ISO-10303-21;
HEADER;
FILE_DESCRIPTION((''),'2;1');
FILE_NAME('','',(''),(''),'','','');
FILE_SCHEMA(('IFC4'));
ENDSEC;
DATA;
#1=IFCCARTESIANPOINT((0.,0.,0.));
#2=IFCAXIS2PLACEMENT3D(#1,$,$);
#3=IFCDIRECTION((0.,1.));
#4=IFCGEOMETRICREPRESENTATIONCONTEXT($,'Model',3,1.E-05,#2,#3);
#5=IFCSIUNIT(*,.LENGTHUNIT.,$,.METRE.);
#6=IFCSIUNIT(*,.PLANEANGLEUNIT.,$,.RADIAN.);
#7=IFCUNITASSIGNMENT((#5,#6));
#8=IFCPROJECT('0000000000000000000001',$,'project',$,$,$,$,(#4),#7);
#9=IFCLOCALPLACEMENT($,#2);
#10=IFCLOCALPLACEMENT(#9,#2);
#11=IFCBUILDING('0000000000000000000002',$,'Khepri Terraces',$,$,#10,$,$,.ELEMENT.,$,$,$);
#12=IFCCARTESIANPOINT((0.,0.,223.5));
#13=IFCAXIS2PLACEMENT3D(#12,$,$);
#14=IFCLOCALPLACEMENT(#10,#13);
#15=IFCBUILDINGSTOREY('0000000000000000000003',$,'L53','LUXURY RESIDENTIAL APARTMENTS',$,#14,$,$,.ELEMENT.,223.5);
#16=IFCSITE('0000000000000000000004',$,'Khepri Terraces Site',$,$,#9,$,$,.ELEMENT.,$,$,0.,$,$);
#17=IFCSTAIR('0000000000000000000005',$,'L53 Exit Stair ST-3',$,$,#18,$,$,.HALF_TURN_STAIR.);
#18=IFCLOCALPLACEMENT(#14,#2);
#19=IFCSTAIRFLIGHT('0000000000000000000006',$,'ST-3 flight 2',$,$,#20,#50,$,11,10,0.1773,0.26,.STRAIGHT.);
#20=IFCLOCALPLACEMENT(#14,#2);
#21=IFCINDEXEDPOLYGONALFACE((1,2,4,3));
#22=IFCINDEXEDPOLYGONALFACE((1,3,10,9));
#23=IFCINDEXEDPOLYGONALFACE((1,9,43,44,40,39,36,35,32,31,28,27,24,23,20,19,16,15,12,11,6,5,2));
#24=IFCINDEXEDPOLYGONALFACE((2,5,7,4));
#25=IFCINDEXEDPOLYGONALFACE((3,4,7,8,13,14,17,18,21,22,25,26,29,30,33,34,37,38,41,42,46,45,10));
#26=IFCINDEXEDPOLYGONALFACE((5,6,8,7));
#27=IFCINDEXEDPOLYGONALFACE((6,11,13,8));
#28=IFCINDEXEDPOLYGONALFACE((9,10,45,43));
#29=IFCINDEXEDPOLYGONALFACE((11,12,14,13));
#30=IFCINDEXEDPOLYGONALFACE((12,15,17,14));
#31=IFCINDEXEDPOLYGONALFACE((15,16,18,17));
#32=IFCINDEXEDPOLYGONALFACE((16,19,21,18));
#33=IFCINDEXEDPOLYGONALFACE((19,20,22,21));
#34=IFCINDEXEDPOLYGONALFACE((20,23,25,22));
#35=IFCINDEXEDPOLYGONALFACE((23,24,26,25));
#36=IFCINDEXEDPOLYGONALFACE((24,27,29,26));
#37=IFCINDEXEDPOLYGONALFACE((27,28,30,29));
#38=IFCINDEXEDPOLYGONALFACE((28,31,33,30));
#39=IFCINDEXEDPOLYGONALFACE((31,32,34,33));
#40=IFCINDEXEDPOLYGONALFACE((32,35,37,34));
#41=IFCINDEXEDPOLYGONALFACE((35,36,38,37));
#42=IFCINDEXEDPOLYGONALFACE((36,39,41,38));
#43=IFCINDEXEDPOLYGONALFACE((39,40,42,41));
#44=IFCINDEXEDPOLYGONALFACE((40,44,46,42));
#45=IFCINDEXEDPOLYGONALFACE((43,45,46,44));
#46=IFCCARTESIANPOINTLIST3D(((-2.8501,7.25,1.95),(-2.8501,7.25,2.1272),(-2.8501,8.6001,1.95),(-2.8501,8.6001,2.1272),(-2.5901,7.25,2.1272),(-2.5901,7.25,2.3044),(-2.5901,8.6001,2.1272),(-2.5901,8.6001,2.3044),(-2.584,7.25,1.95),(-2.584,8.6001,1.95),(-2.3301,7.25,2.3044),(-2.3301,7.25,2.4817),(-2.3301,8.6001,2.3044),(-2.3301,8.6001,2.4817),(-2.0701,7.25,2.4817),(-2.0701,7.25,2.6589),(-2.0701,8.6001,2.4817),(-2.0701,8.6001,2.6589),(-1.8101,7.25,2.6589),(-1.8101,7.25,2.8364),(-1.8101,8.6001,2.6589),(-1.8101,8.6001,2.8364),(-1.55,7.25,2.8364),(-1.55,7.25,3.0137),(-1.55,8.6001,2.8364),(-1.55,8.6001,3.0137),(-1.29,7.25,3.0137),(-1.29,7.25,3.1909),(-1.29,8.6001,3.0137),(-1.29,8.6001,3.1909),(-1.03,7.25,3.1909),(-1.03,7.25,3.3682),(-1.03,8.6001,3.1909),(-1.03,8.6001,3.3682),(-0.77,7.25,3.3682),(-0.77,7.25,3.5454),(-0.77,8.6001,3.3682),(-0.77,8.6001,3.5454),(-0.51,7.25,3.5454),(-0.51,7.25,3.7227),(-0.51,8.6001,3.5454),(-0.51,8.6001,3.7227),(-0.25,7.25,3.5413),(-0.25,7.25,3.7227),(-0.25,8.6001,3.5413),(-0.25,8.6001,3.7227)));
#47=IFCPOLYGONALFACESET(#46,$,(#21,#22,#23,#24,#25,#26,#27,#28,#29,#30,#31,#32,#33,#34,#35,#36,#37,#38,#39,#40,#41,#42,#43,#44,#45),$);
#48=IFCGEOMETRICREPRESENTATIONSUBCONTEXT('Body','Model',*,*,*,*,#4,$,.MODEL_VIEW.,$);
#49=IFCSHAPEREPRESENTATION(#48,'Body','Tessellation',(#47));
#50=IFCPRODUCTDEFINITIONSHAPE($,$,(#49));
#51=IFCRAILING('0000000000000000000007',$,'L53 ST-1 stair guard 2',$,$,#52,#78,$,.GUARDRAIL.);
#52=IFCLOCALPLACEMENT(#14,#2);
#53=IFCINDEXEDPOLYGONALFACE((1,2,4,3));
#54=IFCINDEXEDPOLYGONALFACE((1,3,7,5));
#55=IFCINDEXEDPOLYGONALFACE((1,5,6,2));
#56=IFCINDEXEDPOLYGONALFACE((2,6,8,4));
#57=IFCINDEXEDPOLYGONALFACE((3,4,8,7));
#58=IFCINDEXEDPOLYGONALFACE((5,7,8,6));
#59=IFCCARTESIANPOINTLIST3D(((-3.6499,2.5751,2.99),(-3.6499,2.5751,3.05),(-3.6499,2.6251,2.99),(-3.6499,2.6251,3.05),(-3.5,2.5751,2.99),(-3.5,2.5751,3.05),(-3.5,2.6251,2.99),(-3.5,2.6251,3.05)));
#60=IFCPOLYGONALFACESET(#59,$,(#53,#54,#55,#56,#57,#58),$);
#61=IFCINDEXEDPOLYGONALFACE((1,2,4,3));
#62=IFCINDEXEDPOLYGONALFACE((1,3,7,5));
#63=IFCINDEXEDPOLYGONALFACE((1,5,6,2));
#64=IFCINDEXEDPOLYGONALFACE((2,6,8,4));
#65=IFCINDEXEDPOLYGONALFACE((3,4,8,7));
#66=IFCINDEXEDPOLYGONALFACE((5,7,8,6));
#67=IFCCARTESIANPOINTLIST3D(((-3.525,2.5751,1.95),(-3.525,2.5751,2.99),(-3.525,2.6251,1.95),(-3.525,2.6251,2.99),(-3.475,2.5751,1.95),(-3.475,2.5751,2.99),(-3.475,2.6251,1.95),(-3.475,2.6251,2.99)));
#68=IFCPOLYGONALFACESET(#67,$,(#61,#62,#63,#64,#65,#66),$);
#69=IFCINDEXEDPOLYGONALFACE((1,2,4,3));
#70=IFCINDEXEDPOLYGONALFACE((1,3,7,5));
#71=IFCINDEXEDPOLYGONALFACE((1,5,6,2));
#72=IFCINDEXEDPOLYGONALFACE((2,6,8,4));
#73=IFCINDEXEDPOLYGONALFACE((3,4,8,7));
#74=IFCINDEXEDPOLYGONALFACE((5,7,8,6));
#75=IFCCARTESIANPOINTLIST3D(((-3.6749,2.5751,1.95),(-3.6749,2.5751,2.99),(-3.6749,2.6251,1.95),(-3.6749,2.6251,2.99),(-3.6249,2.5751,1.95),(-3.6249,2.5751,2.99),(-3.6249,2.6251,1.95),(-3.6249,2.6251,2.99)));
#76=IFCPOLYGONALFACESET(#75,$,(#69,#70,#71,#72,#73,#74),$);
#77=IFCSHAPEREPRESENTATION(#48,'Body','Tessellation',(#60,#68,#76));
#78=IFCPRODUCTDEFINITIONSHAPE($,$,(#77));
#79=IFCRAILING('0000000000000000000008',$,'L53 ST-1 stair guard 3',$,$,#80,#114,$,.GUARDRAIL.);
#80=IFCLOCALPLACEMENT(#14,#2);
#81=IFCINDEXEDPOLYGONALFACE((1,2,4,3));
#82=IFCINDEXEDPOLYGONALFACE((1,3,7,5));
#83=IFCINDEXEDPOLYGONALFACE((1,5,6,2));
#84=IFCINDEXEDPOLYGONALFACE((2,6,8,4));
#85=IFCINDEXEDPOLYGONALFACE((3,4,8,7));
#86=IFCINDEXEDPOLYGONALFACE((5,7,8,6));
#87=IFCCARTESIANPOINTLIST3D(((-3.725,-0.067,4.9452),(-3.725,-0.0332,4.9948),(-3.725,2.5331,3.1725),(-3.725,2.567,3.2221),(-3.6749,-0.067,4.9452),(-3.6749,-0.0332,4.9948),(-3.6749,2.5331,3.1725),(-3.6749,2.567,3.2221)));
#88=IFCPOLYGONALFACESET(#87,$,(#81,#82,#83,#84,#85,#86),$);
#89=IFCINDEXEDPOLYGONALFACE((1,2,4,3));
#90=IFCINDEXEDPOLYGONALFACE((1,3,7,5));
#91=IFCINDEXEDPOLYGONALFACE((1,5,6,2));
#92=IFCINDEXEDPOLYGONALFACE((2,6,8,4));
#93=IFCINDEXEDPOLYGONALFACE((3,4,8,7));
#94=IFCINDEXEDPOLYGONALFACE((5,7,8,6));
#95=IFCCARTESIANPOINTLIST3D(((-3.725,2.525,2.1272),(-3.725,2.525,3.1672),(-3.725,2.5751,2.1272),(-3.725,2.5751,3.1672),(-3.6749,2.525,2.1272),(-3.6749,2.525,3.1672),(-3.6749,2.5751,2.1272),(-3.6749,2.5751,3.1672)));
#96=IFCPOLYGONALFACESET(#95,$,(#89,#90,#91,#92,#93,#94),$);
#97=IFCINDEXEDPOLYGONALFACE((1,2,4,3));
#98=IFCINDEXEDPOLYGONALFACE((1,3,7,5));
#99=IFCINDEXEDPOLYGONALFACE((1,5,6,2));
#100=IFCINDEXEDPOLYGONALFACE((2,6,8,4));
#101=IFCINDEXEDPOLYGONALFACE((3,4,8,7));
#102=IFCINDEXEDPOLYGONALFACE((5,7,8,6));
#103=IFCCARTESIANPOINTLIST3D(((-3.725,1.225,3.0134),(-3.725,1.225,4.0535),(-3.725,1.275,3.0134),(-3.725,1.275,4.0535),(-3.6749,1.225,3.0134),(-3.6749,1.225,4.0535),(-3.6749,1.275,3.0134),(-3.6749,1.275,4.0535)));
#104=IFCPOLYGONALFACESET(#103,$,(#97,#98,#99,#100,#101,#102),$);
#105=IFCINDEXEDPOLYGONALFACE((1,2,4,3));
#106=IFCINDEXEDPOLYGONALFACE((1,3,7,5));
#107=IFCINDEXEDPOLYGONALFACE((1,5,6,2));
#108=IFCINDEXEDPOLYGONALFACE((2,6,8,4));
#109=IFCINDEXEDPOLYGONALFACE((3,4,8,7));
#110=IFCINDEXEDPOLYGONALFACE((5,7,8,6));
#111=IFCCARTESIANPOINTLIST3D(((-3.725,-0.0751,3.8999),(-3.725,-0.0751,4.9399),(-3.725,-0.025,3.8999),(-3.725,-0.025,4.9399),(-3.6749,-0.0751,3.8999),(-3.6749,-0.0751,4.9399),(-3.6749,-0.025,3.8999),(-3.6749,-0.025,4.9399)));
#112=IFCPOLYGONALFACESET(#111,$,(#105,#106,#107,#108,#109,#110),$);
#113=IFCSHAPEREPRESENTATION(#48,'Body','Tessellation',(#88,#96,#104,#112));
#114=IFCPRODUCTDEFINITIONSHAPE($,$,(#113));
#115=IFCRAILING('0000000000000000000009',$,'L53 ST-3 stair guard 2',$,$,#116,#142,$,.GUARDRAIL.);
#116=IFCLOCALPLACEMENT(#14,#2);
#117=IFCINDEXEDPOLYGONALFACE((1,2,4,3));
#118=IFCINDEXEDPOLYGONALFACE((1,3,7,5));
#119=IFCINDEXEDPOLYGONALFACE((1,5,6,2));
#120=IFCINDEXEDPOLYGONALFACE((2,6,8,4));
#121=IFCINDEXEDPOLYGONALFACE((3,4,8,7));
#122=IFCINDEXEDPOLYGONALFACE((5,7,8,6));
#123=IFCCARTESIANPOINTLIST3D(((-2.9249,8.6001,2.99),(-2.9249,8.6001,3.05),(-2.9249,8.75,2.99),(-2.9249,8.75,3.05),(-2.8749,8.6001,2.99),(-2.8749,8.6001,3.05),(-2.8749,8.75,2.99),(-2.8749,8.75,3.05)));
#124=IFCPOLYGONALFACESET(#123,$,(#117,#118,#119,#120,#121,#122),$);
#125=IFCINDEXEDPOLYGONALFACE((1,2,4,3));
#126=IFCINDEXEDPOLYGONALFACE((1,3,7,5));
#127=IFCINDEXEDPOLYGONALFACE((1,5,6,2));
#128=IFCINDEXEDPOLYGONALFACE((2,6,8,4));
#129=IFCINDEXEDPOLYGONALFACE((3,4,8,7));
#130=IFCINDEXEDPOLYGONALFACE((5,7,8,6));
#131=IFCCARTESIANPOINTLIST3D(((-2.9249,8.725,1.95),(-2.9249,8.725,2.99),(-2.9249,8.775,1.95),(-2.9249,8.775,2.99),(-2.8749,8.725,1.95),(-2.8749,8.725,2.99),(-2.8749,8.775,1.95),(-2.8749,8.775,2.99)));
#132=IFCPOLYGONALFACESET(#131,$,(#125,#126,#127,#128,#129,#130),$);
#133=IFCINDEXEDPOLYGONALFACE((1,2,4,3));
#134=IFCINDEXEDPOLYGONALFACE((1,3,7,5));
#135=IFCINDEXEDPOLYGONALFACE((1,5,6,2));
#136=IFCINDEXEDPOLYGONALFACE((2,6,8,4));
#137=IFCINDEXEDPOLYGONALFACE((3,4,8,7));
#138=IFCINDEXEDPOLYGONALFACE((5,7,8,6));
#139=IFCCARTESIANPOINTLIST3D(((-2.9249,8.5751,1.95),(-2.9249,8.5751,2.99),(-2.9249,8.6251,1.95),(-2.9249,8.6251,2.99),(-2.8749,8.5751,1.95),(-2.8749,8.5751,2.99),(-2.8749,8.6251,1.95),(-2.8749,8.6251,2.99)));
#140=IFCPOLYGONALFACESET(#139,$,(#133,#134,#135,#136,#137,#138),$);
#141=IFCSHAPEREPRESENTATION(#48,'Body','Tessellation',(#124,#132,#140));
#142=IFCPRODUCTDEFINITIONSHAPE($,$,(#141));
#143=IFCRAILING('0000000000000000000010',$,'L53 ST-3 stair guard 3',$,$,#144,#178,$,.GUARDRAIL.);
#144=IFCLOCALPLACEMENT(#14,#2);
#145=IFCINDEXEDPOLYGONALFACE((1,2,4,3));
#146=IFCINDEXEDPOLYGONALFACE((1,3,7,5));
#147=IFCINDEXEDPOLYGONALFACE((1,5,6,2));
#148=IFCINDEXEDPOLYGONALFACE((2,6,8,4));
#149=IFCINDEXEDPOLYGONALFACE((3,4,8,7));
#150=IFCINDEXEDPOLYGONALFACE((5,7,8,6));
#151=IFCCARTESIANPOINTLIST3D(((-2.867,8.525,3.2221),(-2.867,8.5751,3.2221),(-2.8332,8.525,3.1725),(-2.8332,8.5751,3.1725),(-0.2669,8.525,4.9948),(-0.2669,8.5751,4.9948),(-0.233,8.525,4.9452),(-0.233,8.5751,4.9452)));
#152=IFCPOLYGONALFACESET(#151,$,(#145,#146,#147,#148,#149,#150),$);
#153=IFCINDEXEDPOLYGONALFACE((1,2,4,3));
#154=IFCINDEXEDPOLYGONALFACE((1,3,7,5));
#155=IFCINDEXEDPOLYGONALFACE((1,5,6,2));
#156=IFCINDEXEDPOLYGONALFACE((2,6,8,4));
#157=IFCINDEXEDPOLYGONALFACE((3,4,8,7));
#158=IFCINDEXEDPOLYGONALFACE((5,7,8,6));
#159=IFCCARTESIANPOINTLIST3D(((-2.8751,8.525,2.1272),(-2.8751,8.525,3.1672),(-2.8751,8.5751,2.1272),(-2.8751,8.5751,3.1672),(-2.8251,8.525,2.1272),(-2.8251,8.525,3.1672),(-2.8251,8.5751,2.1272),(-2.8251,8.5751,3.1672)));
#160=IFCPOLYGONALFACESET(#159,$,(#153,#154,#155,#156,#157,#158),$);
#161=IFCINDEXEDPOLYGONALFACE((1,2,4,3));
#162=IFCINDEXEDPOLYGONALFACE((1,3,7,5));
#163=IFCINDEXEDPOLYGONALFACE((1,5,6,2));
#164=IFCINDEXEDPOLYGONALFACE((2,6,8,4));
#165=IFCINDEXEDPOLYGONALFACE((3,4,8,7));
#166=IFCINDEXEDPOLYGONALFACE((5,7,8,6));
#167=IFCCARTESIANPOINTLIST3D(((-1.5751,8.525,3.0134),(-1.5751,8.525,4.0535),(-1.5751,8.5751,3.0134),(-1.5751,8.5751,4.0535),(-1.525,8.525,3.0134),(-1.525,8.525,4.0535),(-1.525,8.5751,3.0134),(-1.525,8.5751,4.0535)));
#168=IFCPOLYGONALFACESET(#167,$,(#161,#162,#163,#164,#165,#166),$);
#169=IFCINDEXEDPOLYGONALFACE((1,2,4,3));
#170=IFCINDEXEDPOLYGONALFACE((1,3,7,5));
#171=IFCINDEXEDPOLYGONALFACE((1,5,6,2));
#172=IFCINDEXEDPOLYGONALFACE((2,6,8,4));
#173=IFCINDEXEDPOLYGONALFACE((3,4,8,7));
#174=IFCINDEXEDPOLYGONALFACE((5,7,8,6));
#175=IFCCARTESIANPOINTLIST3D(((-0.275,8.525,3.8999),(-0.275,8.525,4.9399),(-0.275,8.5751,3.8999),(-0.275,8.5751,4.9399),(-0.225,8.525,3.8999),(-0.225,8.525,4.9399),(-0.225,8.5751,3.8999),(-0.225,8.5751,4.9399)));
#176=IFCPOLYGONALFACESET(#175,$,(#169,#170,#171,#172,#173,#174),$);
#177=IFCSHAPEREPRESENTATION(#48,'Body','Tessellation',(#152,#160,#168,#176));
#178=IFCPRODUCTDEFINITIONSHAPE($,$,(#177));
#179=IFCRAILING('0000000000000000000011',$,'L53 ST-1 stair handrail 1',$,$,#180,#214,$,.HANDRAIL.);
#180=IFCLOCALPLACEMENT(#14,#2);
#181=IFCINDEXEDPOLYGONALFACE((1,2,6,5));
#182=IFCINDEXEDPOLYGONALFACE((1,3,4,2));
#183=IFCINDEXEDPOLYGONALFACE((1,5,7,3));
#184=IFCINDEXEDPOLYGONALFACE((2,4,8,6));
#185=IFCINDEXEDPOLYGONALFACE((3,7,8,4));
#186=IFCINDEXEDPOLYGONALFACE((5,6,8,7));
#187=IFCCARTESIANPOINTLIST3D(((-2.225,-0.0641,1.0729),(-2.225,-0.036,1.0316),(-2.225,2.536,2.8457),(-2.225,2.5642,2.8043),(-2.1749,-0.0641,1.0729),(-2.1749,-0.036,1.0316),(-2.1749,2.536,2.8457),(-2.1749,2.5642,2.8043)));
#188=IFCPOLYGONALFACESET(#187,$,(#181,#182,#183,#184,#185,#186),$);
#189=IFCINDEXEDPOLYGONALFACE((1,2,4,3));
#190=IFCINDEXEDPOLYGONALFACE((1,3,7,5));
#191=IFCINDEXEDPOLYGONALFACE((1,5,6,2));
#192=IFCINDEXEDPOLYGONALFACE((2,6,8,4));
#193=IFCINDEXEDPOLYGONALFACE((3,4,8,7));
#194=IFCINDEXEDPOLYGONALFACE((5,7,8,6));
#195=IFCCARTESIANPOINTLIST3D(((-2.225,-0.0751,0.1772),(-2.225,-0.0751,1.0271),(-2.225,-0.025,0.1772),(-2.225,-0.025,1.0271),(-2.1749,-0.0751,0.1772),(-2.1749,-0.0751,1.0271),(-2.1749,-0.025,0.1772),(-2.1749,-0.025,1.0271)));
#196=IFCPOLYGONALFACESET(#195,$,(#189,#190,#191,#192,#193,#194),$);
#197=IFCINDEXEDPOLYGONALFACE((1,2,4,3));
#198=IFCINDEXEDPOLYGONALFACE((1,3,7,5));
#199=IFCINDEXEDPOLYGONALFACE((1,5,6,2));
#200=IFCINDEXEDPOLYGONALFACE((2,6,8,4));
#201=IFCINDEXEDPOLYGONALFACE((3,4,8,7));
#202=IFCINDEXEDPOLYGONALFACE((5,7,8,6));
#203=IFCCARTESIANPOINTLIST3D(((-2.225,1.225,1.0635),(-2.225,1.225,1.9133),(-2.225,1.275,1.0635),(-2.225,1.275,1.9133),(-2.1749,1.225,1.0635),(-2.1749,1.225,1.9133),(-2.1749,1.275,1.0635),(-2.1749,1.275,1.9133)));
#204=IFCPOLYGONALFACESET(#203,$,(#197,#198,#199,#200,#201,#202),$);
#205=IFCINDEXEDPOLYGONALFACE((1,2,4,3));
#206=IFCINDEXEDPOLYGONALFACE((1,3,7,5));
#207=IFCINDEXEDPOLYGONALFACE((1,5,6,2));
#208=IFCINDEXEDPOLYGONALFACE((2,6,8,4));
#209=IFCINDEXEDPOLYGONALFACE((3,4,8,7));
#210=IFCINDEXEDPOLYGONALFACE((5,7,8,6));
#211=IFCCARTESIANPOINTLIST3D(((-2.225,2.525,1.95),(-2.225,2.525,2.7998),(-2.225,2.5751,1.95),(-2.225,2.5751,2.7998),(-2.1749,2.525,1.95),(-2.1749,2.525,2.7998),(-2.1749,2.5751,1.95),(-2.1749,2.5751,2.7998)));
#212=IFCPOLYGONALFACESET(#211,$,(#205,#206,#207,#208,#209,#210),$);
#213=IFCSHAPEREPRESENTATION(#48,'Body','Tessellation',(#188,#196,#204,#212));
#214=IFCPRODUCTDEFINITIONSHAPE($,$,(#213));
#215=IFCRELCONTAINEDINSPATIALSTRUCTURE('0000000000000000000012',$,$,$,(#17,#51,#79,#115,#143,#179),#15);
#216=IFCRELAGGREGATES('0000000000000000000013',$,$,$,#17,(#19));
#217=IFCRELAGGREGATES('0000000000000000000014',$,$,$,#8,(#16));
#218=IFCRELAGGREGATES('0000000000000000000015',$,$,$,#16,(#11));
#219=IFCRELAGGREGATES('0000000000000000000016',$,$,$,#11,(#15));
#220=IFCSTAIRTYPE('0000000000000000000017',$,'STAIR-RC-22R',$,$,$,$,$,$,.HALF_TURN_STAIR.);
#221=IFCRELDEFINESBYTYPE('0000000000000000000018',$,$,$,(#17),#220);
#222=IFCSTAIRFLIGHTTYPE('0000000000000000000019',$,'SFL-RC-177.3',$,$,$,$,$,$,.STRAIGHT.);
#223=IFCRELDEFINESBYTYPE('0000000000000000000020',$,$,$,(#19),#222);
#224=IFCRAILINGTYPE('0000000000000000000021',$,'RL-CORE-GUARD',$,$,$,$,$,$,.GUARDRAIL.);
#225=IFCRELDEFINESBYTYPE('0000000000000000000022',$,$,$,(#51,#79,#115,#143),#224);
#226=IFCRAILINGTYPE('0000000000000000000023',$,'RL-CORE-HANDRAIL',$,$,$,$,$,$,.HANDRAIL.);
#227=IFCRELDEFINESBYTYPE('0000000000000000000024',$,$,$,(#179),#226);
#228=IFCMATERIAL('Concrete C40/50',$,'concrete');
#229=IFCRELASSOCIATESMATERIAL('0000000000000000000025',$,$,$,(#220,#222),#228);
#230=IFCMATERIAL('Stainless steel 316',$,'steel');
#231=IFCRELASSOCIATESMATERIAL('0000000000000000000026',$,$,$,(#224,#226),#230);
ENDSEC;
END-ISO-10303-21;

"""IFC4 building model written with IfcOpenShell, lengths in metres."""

from ifc_helpers import new_model, si_unit, direction, frame, origin, origin_2d, place, context, subcontext, project, spatial, polyline, rectangle, outline, extrude, material, type_object, element, aggregate, save


model = new_model("IFC4")

# Units and contexts
model_context = context("Model", 3, precision=1e-05, world=origin(), true_north=direction((0.0, 1.0)))
body_context = subcontext(model_context, "Body", "Model", "MODEL_VIEW")
ifc_project = project(units=[si_unit("LENGTHUNIT", "METRE"), si_unit("PLANEANGLEUNIT", "RADIAN")], contexts=[model_context])

# Site, building, storey
site_placement = place(None, origin())
site = spatial("IfcSite", under=ifc_project, at=site_placement, Name="Khepri Terraces Site", CompositionType="ELEMENT", RefElevation=0.0)
building_placement = place(site_placement, origin())
building = spatial("IfcBuilding", under=site, at=building_placement, Name="Khepri Terraces", CompositionType="ELEMENT")
storey_placement = place(building_placement, frame((0.0, 0.0, 223.5)))
storey = spatial("IfcBuildingStorey", under=building, at=storey_placement, Name="L53", Description="LUXURY RESIDENTIAL APARTMENTS", CompositionType="ELEMENT", Elevation=223.5)

# Stair, stair flight
ifc_material_1 = material(Name="Concrete C40/50", Category="concrete")
stair_type = type_object("IfcStairType", Name="STAIR-RC-22R", PredefinedType="HALF_TURN_STAIR", material=ifc_material_1)
stair_flight_type = type_object("IfcStairFlightType", Name="SFL-RC-177.3", PredefinedType="STRAIGHT", material=ifc_material_1)
stair_1_placement = place(storey_placement, origin())
stair_1 = element("IfcStair", 1, at=stair_1_placement, inside=storey, type_object=stair_type, Name="L53 Exit Stair ST-3", PredefinedType="HALF_TURN_STAIR")
stair_flight_1_placement = place(storey_placement, frame((-2.8501, 7.925, 1.95), z_axis=(0.0, 0.0, 1.0), x_axis=(1.0, 0.0, 0.0)))
stair_flight_1 = element("IfcStairFlight", 2, at=stair_flight_1_placement, type_object=stair_flight_type, Name="ST-3 flight 2", NumberOfRisers=11, NumberOfTreads=10, PredefinedType="STRAIGHT", RiserHeight=0.1773, TreadLength=0.26, context=body_context, shape_type="SweptSolid", body=[
    extrude(outline(polyline([(0.0, 0.0), (0.0, 0.1772), (0.26, 0.1772), (0.26, 0.3545), (0.52, 0.3545), (0.52, 0.5317), (0.78, 0.5317), (0.78, 0.709), (1.04, 0.709), (1.04, 0.8865), (1.3, 0.8865), (1.3, 1.0637), (1.5601, 1.0637), (1.5601, 1.241), (1.8201, 1.241), (1.8201, 1.4182), (2.0801, 1.4182), (2.0801, 1.5955), (2.3401, 1.5955), (2.3401, 1.7727), (2.6001, 1.7727), (2.6001, 1.95), (2.6001, 1.5913), (0.2661, 0.0), (0.0, 0.0)])), frame((0.0, 0.675, 0.0), z_axis=(0.0, -1.0, 0.0), x_axis=(1.0, 0.0, 0.0)), (0.0, 0.0, 1.0), 1.3501),
])
aggregate(stair_1, [stair_flight_1])

# Railings
ifc_material_2 = material(Name="Stainless steel 316", Category="steel")
railing_type_1 = type_object("IfcRailingType", Name="RL-CORE-GUARD", PredefinedType="GUARDRAIL", material=ifc_material_2)
railing_1_placement = place(storey_placement, frame((-3.5, 2.6001, 1.95)))
element("IfcRailing", 3, at=railing_1_placement, inside=storey, type_object=railing_type_1, Name="L53 ST-1 stair guard 2", PredefinedType="GUARDRAIL", context=body_context, shape_type="SweptSolid", body=[
    extrude(rectangle(XDim=0.05, YDim=0.0601, at=origin_2d()), frame((0.0, 0.0, 1.0701), z_axis=(-1.0, 0.0, 0.0), x_axis=(0.0, -1.0, 0.0)), (0.0, 0.0, 1.0), 0.1499),
    extrude(rectangle(XDim=0.05, YDim=0.05, at=origin_2d()), origin(), (0.0, 0.0, 1.0), 1.04),
    extrude(rectangle(XDim=0.05, YDim=0.05, at=origin_2d()), frame((-0.1499, 0.0, 0.0)), (0.0, 0.0, 1.0), 1.04),
])
railing_2_placement = place(storey_placement, frame((-3.7, 2.55, 2.1272)))
element("IfcRailing", 4, at=railing_2_placement, inside=storey, type_object=railing_type_1, Name="L53 ST-1 stair guard 3", PredefinedType="GUARDRAIL", context=body_context, shape_type="SweptSolid", body=[
    extrude(rectangle(XDim=0.05, YDim=0.0601, at=origin_2d()), frame((0.0, 0.0, 1.0701), z_axis=(0.0, -0.82624, 0.563318), x_axis=(1.0, 0.0, 0.0)), (0.0, 0.0, 1.0), 3.147),
    extrude(rectangle(XDim=0.05, YDim=0.05, at=origin_2d()), origin(), (0.0, 0.0, 1.0), 1.04),
    extrude(rectangle(XDim=0.05, YDim=0.05, at=origin_2d()), frame((0.0, -1.3, 0.8862)), (0.0, 0.0, 1.0), 1.04),
    extrude(rectangle(XDim=0.05, YDim=0.05, at=origin_2d()), frame((0.0, -2.6001, 1.7727)), (0.0, 0.0, 1.0), 1.04),
])
railing_3_placement = place(storey_placement, frame((-2.8999, 8.75, 1.95)))
element("IfcRailing", 5, at=railing_3_placement, inside=storey, type_object=railing_type_1, Name="L53 ST-3 stair guard 2", PredefinedType="GUARDRAIL", context=body_context, shape_type="SweptSolid", body=[
    extrude(rectangle(XDim=0.05, YDim=0.0601, at=origin_2d()), frame((0.0, 0.0, 1.0701), z_axis=(0.0, -1.0, 0.0), x_axis=(1.0, 0.0, 0.0)), (0.0, 0.0, 1.0), 0.1499),
    extrude(rectangle(XDim=0.05, YDim=0.05, at=origin_2d()), origin(), (0.0, 0.0, 1.0), 1.04),
    extrude(rectangle(XDim=0.05, YDim=0.05, at=origin_2d()), frame((0.0, -0.1499, 0.0)), (0.0, 0.0, 1.0), 1.04),
])
railing_4_placement = place(storey_placement, frame((-2.8501, 8.55, 2.1272)))
element("IfcRailing", 6, at=railing_4_placement, inside=storey, type_object=railing_type_1, Name="L53 ST-3 stair guard 3", PredefinedType="GUARDRAIL", context=body_context, shape_type="SweptSolid", body=[
    extrude(rectangle(XDim=0.05, YDim=0.0601, at=origin_2d()), frame((0.0, 0.0, 1.0701), z_axis=(0.82624, 0.0, 0.563318), x_axis=(0.0, 1.0, 0.0)), (0.0, 0.0, 1.0), 3.147),
    extrude(rectangle(XDim=0.05, YDim=0.05, at=origin_2d()), origin(), (0.0, 0.0, 1.0), 1.04),
    extrude(rectangle(XDim=0.05, YDim=0.05, at=origin_2d()), frame((1.3, 0.0, 0.8862)), (0.0, 0.0, 1.0), 1.04),
    extrude(rectangle(XDim=0.05, YDim=0.05, at=origin_2d()), frame((2.6001, 0.0, 1.7727)), (0.0, 0.0, 1.0), 1.04),
])
railing_type_2 = type_object("IfcRailingType", Name="RL-CORE-HANDRAIL", PredefinedType="HANDRAIL", material=ifc_material_2)
railing_5_placement = place(storey_placement, frame((-2.2, -0.05, 0.1772)))
element("IfcRailing", 7, at=railing_5_placement, inside=storey, type_object=railing_type_2, Name="L53 ST-1 stair handrail 1", PredefinedType="HANDRAIL", context=body_context, shape_type="SweptSolid", body=[
    extrude(rectangle(XDim=0.05, YDim=0.05, at=origin_2d()), frame((0.0, 0.0, 0.875), z_axis=(0.0, 0.82624, 0.563318), x_axis=(-1.0, 0.0, 0.0)), (0.0, 0.0, 1.0), 3.147),
    extrude(rectangle(XDim=0.05, YDim=0.05, at=origin_2d()), origin(), (0.0, 0.0, 1.0), 0.8499),
    extrude(rectangle(XDim=0.05, YDim=0.05, at=origin_2d()), frame((0.0, 1.3, 0.8862)), (0.0, 0.0, 1.0), 0.8499),
    extrude(rectangle(XDim=0.05, YDim=0.05, at=origin_2d()), frame((0.0, 2.6001, 1.7727)), (0.0, 0.0, 1.0), 0.8499),
])

save(model, "model.ifc")
